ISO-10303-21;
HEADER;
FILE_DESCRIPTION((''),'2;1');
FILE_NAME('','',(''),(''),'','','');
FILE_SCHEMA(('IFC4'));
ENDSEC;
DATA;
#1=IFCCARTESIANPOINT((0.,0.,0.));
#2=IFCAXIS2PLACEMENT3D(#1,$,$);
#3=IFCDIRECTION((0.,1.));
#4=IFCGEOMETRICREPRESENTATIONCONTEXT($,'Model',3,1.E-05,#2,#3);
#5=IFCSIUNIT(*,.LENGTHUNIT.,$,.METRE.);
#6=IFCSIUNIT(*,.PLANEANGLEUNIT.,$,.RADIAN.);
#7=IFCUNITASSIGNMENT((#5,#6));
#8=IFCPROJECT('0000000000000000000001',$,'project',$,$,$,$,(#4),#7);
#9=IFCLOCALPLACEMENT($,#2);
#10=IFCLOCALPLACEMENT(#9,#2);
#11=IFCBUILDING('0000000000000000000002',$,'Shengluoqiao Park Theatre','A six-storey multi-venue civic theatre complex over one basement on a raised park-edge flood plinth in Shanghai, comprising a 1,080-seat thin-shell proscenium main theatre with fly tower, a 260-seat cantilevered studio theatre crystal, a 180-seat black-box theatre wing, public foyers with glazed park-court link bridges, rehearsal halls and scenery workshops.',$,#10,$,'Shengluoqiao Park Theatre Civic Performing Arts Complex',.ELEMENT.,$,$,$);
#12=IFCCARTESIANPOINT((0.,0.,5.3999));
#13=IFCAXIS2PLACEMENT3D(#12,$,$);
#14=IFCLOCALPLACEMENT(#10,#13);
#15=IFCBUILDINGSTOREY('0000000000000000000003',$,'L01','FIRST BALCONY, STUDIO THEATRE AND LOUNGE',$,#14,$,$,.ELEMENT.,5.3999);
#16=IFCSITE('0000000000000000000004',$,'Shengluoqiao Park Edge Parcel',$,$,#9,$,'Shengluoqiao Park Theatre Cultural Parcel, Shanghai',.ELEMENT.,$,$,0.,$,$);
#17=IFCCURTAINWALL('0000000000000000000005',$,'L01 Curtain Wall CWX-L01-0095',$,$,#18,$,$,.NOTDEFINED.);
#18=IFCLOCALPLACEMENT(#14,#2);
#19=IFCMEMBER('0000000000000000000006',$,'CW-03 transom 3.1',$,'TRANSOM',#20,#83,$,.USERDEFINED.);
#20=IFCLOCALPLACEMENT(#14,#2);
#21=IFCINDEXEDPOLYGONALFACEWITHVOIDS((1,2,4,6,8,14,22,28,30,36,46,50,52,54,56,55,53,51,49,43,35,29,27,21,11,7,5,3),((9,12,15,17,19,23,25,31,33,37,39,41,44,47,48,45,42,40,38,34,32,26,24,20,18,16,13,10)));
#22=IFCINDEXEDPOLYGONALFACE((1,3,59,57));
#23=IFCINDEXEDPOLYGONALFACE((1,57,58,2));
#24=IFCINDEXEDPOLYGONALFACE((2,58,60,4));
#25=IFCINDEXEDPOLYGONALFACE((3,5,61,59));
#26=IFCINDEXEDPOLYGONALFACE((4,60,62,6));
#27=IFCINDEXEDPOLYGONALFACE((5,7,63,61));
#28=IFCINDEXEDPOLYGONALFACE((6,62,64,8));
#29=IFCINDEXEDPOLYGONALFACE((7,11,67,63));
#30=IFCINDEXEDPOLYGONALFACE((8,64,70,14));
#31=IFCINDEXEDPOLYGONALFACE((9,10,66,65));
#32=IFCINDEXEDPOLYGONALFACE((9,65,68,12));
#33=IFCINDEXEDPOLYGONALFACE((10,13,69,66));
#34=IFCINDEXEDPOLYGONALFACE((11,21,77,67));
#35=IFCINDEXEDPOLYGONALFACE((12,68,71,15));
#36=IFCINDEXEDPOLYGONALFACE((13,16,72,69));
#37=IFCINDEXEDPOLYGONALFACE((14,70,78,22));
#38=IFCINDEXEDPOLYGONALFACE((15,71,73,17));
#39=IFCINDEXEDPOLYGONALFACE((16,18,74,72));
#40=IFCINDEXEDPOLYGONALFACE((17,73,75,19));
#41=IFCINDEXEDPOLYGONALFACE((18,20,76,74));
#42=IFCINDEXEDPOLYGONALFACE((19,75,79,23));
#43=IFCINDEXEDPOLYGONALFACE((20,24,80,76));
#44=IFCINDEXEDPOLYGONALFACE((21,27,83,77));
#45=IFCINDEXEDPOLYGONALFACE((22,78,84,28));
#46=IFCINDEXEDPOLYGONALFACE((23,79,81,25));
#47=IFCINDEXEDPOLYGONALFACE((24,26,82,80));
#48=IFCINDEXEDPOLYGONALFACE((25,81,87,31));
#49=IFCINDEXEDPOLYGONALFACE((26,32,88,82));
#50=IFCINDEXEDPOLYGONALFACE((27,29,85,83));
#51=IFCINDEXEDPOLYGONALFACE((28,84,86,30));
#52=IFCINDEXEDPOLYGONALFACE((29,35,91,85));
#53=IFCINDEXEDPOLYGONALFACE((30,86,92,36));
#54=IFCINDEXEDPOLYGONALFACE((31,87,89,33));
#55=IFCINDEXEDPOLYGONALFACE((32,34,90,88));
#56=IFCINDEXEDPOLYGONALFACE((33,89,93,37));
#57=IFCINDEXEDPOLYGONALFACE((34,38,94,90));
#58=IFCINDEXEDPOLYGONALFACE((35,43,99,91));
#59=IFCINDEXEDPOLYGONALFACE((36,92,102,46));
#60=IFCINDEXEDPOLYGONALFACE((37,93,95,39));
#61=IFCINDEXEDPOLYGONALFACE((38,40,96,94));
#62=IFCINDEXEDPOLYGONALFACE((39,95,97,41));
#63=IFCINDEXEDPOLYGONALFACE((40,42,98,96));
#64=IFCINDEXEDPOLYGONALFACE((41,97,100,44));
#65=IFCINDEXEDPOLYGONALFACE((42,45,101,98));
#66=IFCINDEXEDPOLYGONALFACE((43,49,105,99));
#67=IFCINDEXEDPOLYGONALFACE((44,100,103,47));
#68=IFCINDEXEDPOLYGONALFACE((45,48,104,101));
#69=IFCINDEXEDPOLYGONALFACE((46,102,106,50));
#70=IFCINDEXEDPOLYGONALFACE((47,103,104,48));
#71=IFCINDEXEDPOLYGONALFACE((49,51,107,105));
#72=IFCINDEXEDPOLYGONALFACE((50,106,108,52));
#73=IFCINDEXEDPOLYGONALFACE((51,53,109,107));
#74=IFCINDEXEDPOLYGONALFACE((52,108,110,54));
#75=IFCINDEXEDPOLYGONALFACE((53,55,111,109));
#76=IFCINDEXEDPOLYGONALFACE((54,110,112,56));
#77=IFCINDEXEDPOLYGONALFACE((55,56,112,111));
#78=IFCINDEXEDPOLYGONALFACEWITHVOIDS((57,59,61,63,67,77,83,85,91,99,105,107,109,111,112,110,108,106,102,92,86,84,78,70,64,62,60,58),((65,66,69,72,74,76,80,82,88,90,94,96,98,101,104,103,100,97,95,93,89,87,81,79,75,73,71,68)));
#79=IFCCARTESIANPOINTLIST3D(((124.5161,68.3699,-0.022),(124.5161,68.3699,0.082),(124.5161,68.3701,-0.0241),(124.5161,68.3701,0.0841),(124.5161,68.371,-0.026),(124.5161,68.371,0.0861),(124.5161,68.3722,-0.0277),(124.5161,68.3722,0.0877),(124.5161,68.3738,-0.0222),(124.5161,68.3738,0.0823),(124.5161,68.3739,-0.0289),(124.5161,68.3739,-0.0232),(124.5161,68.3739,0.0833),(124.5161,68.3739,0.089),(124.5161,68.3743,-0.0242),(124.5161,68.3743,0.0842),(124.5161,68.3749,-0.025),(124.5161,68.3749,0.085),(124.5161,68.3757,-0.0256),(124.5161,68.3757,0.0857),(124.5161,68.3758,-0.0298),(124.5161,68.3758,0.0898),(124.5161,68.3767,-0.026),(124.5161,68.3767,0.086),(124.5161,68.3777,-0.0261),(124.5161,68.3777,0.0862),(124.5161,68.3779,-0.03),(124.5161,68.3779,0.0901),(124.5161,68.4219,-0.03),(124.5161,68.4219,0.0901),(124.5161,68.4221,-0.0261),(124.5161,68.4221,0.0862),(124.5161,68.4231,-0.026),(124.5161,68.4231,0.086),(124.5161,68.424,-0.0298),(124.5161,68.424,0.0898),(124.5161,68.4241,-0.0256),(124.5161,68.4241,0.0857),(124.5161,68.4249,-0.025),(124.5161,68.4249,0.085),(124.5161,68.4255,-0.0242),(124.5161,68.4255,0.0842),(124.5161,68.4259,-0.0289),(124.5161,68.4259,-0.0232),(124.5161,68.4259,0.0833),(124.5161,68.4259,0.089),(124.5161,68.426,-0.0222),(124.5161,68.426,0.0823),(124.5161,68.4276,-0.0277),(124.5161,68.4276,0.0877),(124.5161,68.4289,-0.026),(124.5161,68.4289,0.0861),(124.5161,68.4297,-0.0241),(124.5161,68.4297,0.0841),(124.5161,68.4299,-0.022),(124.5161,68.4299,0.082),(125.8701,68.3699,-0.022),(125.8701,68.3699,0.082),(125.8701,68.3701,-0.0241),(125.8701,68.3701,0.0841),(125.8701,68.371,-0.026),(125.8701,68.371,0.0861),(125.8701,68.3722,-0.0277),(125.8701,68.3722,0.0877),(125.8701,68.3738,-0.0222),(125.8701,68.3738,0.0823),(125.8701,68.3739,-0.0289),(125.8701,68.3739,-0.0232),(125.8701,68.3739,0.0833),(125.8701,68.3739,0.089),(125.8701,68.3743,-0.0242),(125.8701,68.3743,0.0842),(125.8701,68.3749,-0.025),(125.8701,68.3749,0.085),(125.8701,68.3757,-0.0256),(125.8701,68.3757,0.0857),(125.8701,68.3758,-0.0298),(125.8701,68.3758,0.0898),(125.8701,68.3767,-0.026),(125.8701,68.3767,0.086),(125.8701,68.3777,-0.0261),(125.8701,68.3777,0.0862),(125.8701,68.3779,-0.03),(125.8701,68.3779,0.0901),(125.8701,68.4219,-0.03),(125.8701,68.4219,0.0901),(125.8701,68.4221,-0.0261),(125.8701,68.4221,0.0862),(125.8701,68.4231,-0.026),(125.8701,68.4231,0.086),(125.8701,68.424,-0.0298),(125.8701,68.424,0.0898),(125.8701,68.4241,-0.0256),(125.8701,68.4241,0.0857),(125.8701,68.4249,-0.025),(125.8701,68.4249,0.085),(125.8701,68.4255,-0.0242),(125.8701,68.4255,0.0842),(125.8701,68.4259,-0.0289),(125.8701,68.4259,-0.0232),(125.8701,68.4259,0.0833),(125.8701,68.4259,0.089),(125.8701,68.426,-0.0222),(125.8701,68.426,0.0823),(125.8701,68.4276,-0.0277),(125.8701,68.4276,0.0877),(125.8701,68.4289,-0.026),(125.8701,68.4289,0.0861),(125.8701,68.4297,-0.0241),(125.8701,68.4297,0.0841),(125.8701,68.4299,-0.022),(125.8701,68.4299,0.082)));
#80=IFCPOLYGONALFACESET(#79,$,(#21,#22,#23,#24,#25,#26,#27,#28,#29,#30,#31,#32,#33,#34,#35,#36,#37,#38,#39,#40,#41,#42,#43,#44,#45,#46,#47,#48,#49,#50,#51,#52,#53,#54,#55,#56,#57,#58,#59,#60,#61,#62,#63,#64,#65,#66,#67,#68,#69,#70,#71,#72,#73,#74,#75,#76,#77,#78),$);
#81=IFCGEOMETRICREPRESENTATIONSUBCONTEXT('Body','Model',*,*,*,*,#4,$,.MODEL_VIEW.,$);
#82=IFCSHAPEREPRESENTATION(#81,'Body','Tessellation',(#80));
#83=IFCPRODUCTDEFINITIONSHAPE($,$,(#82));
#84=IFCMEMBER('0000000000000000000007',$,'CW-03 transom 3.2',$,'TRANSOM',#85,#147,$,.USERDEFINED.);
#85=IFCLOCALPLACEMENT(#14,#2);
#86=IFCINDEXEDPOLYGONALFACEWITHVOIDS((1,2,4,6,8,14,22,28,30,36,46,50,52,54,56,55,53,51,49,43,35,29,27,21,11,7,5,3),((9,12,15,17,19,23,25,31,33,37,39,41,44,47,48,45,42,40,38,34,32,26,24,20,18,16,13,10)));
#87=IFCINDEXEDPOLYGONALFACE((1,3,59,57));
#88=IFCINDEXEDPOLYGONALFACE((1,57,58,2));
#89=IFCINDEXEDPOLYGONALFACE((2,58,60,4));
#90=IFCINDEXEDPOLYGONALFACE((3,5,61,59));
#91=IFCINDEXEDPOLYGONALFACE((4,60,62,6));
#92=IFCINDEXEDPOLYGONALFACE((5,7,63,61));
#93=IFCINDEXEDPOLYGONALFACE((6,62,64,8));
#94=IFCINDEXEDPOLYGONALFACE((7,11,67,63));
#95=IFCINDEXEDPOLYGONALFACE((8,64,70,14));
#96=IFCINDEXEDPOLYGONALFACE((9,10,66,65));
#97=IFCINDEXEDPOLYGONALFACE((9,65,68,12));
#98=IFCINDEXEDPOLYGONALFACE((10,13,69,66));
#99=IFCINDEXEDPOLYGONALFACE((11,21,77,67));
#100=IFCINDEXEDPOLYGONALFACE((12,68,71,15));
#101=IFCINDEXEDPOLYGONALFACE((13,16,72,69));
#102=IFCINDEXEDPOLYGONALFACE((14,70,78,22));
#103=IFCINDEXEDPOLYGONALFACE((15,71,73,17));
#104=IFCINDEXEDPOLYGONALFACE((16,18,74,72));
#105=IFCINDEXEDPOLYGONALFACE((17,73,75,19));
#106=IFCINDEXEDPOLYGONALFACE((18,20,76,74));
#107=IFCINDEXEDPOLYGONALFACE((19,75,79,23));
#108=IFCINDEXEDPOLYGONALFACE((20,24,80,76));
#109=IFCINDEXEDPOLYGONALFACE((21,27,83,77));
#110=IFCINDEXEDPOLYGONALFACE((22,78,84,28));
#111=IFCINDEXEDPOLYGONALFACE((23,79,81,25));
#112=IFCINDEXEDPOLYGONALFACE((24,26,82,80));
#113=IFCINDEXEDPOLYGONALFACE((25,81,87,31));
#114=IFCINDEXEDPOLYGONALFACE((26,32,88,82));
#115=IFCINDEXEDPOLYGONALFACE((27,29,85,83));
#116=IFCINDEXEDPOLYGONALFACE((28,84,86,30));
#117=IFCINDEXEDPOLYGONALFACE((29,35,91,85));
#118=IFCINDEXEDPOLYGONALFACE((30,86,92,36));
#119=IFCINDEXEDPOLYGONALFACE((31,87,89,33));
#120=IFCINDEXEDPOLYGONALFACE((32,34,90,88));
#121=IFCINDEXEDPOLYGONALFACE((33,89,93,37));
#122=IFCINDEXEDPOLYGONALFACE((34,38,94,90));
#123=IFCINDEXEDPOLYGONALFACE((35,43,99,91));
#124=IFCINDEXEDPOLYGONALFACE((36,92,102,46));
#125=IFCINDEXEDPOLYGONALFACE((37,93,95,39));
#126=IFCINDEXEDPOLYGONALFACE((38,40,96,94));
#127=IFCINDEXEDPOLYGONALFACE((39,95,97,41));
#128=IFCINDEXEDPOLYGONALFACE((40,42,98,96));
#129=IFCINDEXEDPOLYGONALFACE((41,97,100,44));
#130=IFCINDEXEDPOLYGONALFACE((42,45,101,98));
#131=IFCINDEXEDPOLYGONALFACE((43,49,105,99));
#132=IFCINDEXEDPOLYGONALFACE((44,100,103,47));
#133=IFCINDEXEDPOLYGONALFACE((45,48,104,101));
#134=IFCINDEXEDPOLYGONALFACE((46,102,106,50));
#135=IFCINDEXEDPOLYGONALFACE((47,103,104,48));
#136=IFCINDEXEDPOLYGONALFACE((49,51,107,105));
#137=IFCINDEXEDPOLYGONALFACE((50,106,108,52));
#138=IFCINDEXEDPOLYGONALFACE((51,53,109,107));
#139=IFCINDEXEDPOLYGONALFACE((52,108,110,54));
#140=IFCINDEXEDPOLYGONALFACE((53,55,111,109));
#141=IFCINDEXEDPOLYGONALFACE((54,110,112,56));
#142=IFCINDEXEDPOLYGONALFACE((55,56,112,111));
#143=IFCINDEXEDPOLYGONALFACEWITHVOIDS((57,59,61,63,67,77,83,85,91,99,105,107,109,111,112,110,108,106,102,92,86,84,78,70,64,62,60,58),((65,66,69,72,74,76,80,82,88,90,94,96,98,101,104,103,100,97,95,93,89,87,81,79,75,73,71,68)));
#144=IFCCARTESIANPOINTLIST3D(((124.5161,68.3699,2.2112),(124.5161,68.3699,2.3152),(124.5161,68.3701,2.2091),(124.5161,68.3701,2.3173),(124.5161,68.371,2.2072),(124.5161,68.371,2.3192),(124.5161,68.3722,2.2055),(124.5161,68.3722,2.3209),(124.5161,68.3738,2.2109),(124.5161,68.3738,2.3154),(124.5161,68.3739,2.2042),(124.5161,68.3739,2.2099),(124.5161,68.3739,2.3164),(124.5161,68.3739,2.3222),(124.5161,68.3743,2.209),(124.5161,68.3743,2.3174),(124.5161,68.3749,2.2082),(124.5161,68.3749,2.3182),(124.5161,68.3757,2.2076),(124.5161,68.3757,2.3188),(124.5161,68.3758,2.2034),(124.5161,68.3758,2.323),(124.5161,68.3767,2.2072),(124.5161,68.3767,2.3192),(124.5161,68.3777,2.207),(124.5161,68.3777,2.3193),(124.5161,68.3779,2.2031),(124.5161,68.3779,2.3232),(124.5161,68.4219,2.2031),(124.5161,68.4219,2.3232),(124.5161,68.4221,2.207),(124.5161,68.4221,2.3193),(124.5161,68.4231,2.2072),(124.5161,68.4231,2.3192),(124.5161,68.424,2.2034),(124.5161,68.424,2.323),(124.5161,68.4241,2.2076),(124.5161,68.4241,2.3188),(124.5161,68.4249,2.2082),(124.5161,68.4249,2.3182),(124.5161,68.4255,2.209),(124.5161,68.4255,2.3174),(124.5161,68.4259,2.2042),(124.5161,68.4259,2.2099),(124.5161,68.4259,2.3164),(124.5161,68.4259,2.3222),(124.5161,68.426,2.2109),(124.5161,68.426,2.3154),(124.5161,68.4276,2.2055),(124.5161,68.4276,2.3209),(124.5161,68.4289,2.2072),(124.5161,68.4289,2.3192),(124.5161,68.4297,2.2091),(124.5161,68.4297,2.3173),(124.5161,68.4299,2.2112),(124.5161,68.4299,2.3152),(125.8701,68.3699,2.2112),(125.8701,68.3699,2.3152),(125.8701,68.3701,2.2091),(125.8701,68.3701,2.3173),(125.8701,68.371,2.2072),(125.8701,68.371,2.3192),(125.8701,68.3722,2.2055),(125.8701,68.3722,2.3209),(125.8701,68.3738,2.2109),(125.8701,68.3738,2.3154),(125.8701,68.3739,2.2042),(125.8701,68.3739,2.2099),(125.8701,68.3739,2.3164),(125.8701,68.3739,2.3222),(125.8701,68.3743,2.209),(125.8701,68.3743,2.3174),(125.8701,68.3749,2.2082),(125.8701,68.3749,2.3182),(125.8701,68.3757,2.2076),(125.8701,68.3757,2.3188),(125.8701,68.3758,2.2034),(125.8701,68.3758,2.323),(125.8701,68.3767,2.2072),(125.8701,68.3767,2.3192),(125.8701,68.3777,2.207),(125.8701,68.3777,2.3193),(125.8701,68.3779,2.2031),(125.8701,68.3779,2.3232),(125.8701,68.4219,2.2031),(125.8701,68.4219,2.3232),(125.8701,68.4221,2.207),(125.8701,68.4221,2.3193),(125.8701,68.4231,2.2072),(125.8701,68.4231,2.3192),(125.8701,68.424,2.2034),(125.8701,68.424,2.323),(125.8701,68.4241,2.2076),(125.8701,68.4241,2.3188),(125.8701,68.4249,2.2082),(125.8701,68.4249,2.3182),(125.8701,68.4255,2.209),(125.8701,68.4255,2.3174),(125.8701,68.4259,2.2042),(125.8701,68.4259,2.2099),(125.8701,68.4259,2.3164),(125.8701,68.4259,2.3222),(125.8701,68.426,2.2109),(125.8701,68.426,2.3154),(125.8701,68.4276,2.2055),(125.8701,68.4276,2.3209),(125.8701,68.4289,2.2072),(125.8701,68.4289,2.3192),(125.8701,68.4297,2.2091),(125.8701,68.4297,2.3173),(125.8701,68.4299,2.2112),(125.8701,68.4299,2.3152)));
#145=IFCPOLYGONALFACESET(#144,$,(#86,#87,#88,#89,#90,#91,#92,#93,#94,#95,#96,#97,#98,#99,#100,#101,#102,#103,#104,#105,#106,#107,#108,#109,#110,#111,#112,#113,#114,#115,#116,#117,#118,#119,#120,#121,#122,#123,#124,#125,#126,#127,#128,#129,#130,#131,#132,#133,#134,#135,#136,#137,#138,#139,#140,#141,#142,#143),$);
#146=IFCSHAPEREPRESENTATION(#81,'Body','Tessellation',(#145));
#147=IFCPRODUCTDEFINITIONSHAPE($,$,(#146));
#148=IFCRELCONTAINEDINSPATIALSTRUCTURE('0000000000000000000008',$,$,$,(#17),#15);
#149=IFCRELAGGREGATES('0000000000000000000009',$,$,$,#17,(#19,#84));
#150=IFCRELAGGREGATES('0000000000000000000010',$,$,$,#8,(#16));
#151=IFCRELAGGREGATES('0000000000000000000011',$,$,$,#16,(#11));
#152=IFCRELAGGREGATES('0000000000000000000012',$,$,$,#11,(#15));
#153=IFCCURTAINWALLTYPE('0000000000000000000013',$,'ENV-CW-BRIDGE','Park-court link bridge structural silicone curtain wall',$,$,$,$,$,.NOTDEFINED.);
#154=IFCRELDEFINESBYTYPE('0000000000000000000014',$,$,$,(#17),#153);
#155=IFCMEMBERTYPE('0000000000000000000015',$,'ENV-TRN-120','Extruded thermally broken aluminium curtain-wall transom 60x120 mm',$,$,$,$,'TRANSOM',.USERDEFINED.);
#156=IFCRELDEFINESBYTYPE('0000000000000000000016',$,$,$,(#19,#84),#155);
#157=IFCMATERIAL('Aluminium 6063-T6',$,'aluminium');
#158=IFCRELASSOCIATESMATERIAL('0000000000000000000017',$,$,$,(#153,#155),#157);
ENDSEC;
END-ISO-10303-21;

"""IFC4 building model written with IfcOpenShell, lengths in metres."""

from ifc_helpers import new_model, si_unit, direction, frame, origin, origin_2d, place, context, subcontext, project, spatial, hollow_rectangle, extrude, material, material_profile, profile_set, type_object, element, aggregate, save


model = new_model("IFC4")

# Units and contexts
model_context = context("Model", 3, precision=1e-05, world=origin(), true_north=direction((0.0, 1.0)))
body_context = subcontext(model_context, "Body", "Model", "MODEL_VIEW")
ifc_project = project(units=[si_unit("LENGTHUNIT", "METRE"), si_unit("PLANEANGLEUNIT", "RADIAN")], contexts=[model_context])

# Site, building, storey
site_placement = place(None, origin())
site = spatial("IfcSite", under=ifc_project, at=site_placement, Name="Shengluoqiao Park Edge Parcel", LongName="Shengluoqiao Park Theatre Cultural Parcel, Shanghai", CompositionType="ELEMENT", RefElevation=0.0)
building_placement = place(site_placement, origin())
building = spatial("IfcBuilding", under=site, at=building_placement, Name="Shengluoqiao Park Theatre", Description="A six-storey multi-venue civic theatre complex over one basement on a raised park-edge flood plinth in Shanghai, comprising a 1,080-seat thin-shell proscenium main theatre with fly tower, a 260-seat cantilevered studio theatre crystal, a 180-seat black-box theatre wing, public foyers with glazed park-court link bridges, rehearsal halls and scenery workshops.", LongName="Shengluoqiao Park Theatre Civic Performing Arts Complex", CompositionType="ELEMENT")
storey_placement = place(building_placement, frame((0.0, 0.0, 5.3999)))
storey = spatial("IfcBuildingStorey", under=building, at=storey_placement, Name="L01", Description="FIRST BALCONY, STUDIO THEATRE AND LOUNGE", CompositionType="ELEMENT", Elevation=5.3999)

# Shared definitions
ifc_material_1 = material(Name="Aluminium 6063-T6", Category="aluminium")
curtain_wall_type = type_object("IfcCurtainWallType", Name="ENV-CW-BRIDGE", Description="Park-court link bridge structural silicone curtain wall", PredefinedType="NOTDEFINED", material=ifc_material_1)

# Curtain wall, members
curtain_wall_1_placement = place(storey_placement, origin())
curtain_wall_1 = element("IfcCurtainWall", 1, at=curtain_wall_1_placement, inside=storey, type_object=curtain_wall_type, Name="L01 Curtain Wall CWX-L01-0095", PredefinedType="NOTDEFINED")
ifc_material_profile_1 = material_profile(ifc_material_1, hollow_rectangle(XDim=0.0601, YDim=0.1201, WallThickness=0.0039, InnerFilletRadius=0.0039, OuterFilletRadius=0.0081, at=origin_2d()), Name="ALU TRANSOM 120x60x4")
ifc_profile_set_1 = profile_set([ifc_material_profile_1], Name="Aluminium 6063-T6")
member_type_1 = type_object("IfcMemberType", Name="ENV-TRN-120", Description="Extruded thermally broken aluminium curtain-wall transom 60x120 mm", ElementType="TRANSOM", PredefinedType="USERDEFINED", material=ifc_profile_set_1)
member_1_placement = place(storey_placement, frame((124.5161, 68.3999, 0.03), z_axis=(1.0, 0.0, 0.0), x_axis=(0.0, 1.0, 0.0)))
member_1 = element("IfcMember", 2, at=member_1_placement, type_object=member_type_1, Name="CW-03 transom 3.1", ObjectType="TRANSOM", PredefinedType="USERDEFINED", context=body_context, shape_type="SweptSolid", body=[
    extrude(hollow_rectangle(XDim=0.0601, YDim=0.1201, WallThickness=0.0039, InnerFilletRadius=0.0039, OuterFilletRadius=0.0081, at=origin_2d()), origin(), (0.0, 0.0, 1.0), 1.354),
])
member_2_placement = place(storey_placement, frame((124.5161, 68.3999, 2.2632), z_axis=(1.0, 0.0, 0.0), x_axis=(0.0, 1.0, 0.0)))
member_2 = element("IfcMember", 3, at=member_2_placement, type_object=member_type_1, Name="CW-03 transom 3.2", ObjectType="TRANSOM", PredefinedType="USERDEFINED", context=body_context, shape_type="SweptSolid", body=[
    extrude(hollow_rectangle(XDim=0.0601, YDim=0.1201, WallThickness=0.0039, InnerFilletRadius=0.0039, OuterFilletRadius=0.0081, at=origin_2d()), origin(), (0.0, 0.0, 1.0), 1.354),
])

aggregate(curtain_wall_1, [member_1, member_2])

save(model, "model.ifc")
